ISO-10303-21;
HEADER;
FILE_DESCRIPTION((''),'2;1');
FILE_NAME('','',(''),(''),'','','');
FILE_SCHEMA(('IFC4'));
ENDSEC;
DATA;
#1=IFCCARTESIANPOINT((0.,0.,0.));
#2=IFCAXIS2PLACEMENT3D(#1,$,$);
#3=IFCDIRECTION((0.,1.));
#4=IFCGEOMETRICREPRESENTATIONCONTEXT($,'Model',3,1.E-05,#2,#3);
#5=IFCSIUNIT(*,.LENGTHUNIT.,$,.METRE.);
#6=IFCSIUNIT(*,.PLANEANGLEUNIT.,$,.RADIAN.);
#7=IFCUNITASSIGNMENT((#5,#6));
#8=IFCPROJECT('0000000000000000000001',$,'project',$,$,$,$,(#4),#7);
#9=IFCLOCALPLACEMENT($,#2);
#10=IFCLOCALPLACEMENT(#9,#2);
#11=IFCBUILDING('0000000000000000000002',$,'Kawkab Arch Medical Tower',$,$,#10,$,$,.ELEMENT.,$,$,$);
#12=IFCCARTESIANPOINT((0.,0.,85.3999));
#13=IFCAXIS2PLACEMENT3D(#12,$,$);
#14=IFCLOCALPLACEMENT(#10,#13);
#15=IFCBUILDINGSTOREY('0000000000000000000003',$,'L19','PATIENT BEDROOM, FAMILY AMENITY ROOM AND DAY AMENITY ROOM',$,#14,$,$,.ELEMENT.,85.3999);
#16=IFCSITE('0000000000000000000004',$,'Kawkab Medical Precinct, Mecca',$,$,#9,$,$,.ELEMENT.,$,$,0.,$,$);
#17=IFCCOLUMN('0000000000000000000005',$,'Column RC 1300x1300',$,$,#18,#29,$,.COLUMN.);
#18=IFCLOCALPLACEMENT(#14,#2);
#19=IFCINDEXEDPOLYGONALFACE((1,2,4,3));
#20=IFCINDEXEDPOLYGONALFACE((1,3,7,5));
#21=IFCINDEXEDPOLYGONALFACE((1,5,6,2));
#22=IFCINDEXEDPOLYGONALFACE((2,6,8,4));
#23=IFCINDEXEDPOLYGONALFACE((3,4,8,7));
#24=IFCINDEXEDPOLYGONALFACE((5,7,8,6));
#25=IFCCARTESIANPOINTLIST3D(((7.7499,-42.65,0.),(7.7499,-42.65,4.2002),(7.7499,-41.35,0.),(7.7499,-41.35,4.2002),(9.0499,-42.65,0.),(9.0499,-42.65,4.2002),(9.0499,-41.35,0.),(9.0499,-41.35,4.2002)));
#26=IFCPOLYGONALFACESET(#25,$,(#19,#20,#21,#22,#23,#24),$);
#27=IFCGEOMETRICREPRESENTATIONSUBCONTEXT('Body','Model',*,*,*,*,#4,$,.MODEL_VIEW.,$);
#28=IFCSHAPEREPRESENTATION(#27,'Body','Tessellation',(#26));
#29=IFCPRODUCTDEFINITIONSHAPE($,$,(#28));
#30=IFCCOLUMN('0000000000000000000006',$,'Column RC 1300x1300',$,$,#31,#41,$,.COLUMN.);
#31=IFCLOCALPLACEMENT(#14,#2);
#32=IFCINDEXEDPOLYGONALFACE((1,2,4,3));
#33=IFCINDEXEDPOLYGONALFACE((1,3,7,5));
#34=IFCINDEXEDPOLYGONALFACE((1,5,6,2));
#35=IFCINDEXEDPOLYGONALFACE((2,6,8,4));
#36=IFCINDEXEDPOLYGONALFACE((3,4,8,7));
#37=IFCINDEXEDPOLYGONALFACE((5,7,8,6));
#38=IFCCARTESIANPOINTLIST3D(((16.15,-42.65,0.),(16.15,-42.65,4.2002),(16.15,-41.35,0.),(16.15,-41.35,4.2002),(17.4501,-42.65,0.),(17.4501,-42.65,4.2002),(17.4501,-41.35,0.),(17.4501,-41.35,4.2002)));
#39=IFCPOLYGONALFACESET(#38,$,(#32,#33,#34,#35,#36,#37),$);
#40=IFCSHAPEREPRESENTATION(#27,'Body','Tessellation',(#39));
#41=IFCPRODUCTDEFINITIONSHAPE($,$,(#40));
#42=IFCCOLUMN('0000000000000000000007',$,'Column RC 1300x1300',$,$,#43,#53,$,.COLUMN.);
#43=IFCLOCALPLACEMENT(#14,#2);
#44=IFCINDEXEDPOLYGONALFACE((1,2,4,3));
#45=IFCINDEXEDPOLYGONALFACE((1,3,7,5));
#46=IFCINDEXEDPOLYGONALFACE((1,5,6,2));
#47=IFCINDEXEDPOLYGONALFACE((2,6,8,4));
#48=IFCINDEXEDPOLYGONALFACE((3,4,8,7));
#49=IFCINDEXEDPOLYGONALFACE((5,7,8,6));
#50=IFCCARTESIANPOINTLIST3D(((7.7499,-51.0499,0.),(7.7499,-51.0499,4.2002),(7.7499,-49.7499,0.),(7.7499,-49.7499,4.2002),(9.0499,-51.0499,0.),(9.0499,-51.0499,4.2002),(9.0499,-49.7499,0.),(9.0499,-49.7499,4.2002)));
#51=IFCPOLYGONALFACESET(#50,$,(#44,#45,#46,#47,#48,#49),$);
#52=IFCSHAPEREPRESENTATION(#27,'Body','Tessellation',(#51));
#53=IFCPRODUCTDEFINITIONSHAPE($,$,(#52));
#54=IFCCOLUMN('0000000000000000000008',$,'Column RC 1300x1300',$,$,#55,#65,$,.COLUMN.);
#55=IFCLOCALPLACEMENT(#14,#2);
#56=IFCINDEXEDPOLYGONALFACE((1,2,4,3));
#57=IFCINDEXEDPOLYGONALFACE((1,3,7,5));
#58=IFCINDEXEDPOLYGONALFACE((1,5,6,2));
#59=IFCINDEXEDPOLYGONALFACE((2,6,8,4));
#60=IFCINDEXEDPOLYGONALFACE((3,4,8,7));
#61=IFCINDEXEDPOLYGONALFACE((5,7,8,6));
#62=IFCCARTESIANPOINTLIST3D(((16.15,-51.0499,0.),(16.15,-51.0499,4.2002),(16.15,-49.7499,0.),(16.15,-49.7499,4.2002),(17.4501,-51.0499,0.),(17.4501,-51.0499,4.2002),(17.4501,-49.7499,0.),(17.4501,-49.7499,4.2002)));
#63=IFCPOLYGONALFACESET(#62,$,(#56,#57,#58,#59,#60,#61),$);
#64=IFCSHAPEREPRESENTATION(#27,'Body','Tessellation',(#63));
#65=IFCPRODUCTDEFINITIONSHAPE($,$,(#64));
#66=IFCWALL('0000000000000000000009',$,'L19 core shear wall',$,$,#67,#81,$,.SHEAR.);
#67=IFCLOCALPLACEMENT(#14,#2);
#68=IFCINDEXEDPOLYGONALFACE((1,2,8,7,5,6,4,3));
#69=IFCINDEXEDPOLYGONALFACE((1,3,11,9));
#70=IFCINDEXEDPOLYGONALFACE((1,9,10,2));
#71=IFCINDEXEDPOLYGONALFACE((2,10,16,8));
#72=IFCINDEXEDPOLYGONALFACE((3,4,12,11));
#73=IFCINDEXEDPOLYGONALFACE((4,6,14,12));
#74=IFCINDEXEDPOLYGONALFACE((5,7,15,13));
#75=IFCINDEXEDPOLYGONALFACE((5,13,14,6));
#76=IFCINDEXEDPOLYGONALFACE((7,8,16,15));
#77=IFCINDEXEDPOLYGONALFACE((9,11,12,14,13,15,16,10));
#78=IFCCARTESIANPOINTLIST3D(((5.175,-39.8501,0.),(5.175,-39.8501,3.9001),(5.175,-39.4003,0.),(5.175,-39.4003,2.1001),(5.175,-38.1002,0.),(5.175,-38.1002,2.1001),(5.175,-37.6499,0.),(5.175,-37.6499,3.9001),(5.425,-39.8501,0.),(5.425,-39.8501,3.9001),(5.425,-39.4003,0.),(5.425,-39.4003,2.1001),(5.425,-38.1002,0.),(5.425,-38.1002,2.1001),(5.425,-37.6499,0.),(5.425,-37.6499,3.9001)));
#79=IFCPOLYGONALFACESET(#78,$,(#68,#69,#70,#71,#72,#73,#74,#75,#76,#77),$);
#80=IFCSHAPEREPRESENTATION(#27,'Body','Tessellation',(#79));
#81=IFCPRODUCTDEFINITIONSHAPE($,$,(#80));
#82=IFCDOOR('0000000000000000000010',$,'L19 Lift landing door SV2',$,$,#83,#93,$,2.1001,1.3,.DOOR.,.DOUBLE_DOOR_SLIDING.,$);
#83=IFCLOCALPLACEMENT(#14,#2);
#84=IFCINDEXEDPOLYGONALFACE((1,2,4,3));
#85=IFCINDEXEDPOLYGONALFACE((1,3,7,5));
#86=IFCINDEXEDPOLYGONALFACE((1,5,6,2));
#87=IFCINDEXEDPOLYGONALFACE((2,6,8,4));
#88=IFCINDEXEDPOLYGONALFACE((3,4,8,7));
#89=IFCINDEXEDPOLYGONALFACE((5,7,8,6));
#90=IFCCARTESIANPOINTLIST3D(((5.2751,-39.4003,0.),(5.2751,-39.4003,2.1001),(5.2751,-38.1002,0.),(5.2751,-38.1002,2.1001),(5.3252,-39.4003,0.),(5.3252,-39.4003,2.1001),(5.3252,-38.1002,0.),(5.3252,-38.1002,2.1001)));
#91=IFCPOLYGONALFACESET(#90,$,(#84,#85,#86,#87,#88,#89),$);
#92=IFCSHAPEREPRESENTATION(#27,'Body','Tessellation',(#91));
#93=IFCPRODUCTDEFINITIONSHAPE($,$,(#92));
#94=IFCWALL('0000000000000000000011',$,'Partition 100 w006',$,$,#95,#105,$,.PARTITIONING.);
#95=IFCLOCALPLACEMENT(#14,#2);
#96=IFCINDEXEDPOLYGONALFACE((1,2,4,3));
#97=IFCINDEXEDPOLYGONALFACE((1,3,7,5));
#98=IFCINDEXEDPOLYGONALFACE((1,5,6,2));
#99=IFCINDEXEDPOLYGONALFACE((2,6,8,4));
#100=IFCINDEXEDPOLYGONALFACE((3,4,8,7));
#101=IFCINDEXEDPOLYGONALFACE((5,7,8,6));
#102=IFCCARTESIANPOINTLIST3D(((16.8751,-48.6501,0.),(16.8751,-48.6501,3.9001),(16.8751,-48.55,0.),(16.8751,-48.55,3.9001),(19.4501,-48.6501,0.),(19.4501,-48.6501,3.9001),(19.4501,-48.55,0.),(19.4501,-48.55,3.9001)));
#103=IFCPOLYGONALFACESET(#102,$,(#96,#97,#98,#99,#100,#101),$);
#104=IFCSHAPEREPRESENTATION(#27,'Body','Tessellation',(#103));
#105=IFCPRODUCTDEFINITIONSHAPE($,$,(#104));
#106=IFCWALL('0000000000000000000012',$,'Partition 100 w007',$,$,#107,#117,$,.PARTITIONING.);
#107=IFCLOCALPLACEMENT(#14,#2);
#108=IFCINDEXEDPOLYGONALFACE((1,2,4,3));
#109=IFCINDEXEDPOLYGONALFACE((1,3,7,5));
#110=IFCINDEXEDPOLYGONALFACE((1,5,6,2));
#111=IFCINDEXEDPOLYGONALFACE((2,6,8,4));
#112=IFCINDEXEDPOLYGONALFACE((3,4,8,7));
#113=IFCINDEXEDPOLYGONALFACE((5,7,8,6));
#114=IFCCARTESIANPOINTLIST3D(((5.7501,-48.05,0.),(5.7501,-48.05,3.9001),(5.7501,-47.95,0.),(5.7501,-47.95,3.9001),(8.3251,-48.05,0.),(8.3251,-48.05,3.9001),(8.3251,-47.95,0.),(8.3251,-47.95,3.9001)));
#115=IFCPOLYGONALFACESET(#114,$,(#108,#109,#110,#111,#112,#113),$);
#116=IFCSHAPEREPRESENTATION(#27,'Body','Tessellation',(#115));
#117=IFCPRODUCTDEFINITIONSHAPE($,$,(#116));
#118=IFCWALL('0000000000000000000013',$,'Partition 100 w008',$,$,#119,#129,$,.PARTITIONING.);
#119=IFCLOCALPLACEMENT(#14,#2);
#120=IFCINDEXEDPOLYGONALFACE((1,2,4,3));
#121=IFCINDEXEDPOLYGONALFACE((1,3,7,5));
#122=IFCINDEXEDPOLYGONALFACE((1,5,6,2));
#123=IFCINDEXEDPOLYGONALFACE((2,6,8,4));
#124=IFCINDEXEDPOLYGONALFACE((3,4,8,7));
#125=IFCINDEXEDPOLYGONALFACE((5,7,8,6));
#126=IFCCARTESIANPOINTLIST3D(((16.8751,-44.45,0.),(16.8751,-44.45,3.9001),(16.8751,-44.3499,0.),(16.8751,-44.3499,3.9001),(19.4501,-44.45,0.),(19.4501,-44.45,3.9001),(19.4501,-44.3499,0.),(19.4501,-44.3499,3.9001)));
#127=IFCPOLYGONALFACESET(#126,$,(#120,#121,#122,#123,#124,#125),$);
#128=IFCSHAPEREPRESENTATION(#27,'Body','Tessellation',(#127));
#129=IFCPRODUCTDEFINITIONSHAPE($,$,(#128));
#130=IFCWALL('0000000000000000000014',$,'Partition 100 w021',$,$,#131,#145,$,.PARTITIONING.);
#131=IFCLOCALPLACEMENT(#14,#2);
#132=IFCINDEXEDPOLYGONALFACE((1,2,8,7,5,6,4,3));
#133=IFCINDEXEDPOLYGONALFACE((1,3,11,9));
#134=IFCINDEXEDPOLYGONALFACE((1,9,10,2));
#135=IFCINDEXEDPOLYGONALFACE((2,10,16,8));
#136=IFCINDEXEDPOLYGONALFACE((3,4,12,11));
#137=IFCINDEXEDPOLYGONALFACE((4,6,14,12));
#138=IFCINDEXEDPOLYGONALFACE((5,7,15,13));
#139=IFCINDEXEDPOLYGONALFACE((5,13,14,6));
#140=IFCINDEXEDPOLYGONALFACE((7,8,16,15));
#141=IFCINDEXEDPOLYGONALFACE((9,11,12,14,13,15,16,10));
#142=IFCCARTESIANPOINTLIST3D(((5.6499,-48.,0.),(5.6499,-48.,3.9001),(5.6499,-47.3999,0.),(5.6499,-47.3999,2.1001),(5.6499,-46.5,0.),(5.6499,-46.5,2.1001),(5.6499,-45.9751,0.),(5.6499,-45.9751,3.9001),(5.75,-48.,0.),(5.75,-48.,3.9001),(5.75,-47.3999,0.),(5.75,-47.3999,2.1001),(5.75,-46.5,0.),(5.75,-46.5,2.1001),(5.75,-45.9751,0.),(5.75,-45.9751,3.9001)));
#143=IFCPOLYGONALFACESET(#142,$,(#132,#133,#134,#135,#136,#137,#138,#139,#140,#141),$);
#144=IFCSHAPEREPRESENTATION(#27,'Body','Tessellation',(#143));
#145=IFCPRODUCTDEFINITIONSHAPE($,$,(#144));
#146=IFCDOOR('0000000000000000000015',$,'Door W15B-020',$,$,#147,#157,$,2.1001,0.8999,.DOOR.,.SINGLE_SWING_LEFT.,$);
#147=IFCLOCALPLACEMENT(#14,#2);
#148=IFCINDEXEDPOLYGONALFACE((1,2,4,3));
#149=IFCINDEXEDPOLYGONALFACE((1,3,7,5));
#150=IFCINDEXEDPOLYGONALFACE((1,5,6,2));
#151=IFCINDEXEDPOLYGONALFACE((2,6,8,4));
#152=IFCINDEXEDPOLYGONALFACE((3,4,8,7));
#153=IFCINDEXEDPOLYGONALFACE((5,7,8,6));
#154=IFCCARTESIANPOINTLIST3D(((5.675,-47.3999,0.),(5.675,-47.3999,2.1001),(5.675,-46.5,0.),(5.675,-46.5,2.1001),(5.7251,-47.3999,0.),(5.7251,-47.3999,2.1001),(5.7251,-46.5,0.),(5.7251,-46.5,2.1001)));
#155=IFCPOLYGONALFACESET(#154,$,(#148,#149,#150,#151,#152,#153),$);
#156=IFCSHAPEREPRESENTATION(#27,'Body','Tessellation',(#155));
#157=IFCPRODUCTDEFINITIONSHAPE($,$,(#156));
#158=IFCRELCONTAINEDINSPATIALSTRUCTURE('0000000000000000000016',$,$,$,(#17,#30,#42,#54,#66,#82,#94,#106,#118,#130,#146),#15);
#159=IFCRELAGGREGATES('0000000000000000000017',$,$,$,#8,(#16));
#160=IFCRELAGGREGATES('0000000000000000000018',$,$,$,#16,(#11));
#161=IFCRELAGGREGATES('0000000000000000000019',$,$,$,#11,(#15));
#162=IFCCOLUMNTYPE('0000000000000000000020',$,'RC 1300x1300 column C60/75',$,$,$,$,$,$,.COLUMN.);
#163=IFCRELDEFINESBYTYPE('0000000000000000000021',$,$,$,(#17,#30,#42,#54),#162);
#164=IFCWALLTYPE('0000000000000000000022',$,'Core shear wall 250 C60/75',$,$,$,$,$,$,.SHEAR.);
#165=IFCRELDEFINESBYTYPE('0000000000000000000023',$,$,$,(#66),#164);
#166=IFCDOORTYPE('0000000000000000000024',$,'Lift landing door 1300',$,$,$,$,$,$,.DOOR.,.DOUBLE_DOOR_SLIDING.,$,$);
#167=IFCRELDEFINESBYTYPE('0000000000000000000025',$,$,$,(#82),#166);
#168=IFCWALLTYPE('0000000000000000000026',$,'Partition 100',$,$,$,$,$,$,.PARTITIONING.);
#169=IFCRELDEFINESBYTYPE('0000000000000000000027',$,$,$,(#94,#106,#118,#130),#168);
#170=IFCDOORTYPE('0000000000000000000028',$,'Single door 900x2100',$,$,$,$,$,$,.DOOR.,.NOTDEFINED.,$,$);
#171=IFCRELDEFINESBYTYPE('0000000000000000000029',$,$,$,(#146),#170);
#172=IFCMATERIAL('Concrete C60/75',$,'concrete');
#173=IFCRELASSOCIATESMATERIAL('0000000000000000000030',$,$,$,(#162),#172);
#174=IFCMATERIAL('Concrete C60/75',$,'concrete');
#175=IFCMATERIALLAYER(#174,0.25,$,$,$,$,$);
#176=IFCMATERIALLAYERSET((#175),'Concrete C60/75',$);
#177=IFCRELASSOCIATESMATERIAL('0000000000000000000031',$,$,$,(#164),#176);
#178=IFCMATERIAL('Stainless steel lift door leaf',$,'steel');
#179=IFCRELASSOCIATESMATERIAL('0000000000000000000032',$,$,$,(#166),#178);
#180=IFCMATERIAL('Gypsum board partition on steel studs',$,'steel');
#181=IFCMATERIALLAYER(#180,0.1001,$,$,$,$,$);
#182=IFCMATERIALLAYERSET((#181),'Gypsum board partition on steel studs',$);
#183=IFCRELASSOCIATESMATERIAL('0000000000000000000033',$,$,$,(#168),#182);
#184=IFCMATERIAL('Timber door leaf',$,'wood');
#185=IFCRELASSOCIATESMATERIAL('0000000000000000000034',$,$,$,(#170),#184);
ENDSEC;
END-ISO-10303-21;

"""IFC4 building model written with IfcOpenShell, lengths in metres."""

from ifc_helpers import new_model, si_unit, direction, frame, frame_2d, origin, origin_2d, place, context, subcontext, project, spatial, rectangle, extrude, material, layer, layer_set, material_profile, profile_set, type_object, element, fill, save


model = new_model("IFC4")

# Units and contexts
model_context = context("Model", 3, precision=1e-05, world=origin(), true_north=direction((0.0, 1.0)))
body_context = subcontext(model_context, "Body", "Model", "MODEL_VIEW")
ifc_project = project(units=[si_unit("LENGTHUNIT", "METRE"), si_unit("PLANEANGLEUNIT", "RADIAN")], contexts=[model_context])

# Site, building, storey
site_placement = place(None, origin())
site = spatial("IfcSite", under=ifc_project, at=site_placement, Name="Kawkab Medical Precinct, Mecca", CompositionType="ELEMENT", RefElevation=0.0)
building_placement = place(site_placement, origin())
building = spatial("IfcBuilding", under=site, at=building_placement, Name="Kawkab Arch Medical Tower", CompositionType="ELEMENT")
storey_placement = place(building_placement, frame((0.0, 0.0, 85.3999)))
storey = spatial("IfcBuildingStorey", under=building, at=storey_placement, Name="L19", Description="PATIENT BEDROOM, FAMILY AMENITY ROOM AND DAY AMENITY ROOM", CompositionType="ELEMENT", Elevation=85.3999)

# Columns
ifc_material_1 = material(Name="Concrete C60/75", Category="concrete")
ifc_material_profile = material_profile(ifc_material_1, rectangle(XDim=1.3, YDim=1.3, at=origin_2d()), Name="RC 1300x1300")
ifc_profile_set = profile_set([ifc_material_profile], Name="Concrete C60/75")
column_type = type_object("IfcColumnType", Name="RC 1300x1300 column C60/75", PredefinedType="COLUMN", material=ifc_profile_set)
for number, where, z_axis, x_axis, name in (
    (1, (8.3999, -42.0, 0.0), (0.0, 0.0, 1.0), (1.0, 0.0, 0.0), "Column RC 1300x1300"),
    (2, (16.8, -42.0, 0.0), (0.0, 0.0, 1.0), (1.0, 0.0, 0.0), "Column RC 1300x1300"),
    (3, (8.3999, -50.3999, 0.0), (0.0, 0.0, 1.0), (1.0, 0.0, 0.0), "Column RC 1300x1300"),
    (4, (16.8, -50.3999, 0.0), (0.0, 0.0, 1.0), (1.0, 0.0, 0.0), "Column RC 1300x1300"),
):
    element("IfcColumn", number, at=place(storey_placement, frame(where, z_axis=z_axis, x_axis=x_axis)), inside=storey, type_object=column_type, Name=name, PredefinedType="COLUMN", context=body_context, shape_type="SweptSolid", body=[
        extrude(rectangle(XDim=1.3, YDim=1.3, at=origin_2d()), origin(), (0.0, 0.0, 1.0), 4.2002),
    ])

# Wall, opening, door
ifc_material_2 = material(Name="Concrete C60/75", Category="concrete")
ifc_layer_1 = layer(ifc_material_2, 0.25)
ifc_layer_set_1 = layer_set([ifc_layer_1], Name="Concrete C60/75")
wall_type_1 = type_object("IfcWallType", Name="Core shear wall 250 C60/75", PredefinedType="SHEAR", material=ifc_layer_set_1)
wall_1_placement = place(storey_placement, frame((5.3, -39.8501, 0.0), z_axis=(0.0, 0.0, 1.0), x_axis=(0.0, 1.0, 0.0)))
wall_1 = element("IfcWall", 5, at=wall_1_placement, inside=storey, type_object=wall_type_1, Name="L19 core shear wall", PredefinedType="SHEAR", context=body_context, shape_type="SweptSolid", body=[
    extrude(rectangle(XDim=2.2002, YDim=0.25, at=frame_2d((1.1001, 0.0))), origin(), (0.0, 0.0, 1.0), 3.9001),
])
opening_1_placement = place(wall_1_placement, frame((0.45, 0.0, 0.0)))
opening_1 = element("IfcOpeningElement", 6, at=opening_1_placement, cuts=wall_1, PredefinedType="OPENING", context=body_context, shape_type="SweptSolid", body=[
    extrude(rectangle(XDim=1.3, YDim=2.1001, at=frame_2d((0.6499, 1.05))), frame((0.0, 0.135, 0.0), z_axis=(0.0, -1.0, 0.0), x_axis=(1.0, 0.0, 0.0)), (0.0, 0.0, 1.0), 0.27),
])
ifc_material_3 = material(Name="Stainless steel lift door leaf", Category="steel")
door_type_1 = type_object("IfcDoorType", Name="Lift landing door 1300", OperationType="DOUBLE_DOOR_SLIDING", PredefinedType="DOOR", material=ifc_material_3)
door_1_placement = place(opening_1_placement, origin())
door_1 = element("IfcDoor", 7, at=door_1_placement, inside=storey, type_object=door_type_1, Name="L19 Lift landing door SV2", OperationType="DOUBLE_DOOR_SLIDING", OverallHeight=2.1001, OverallWidth=1.3, PredefinedType="DOOR", context=body_context, shape_type="SweptSolid", body=[
    extrude(rectangle(XDim=1.3, YDim=2.1001, at=frame_2d((0.6499, 1.05))), frame((0.0, 0.0249, 0.0), z_axis=(0.0, -1.0, 0.0), x_axis=(1.0, 0.0, 0.0)), (0.0, 0.0, 1.0), 0.05),
])
fill(opening_1, door_1)

# Walls
ifc_material_4 = material(Name="Gypsum board partition on steel studs", Category="steel")
ifc_layer_2 = layer(ifc_material_4, 0.1001)
ifc_layer_set_2 = layer_set([ifc_layer_2], Name="Gypsum board partition on steel studs")
wall_type_2 = type_object("IfcWallType", Name="Partition 100", PredefinedType="PARTITIONING", material=ifc_layer_set_2)
for number, where, z_axis, x_axis, name in (
    (8, (16.875, -48.6001, 0.0), (0.0, 0.0, 1.0), (1.0, 0.0, 0.0), "Partition 100 w006"),
    (9, (5.75, -48.0, 0.0), (0.0, 0.0, 1.0), (1.0, 0.0, 0.0), "Partition 100 w007"),
    (10, (16.875, -44.3999, 0.0), (0.0, 0.0, 1.0), (1.0, 0.0, 0.0), "Partition 100 w008"),
):
    element("IfcWall", number, at=place(storey_placement, frame(where, z_axis=z_axis, x_axis=x_axis)), inside=storey, type_object=wall_type_2, Name=name, PredefinedType="PARTITIONING", context=body_context, shape_type="SweptSolid", body=[
        extrude(rectangle(XDim=2.575, YDim=0.1001, at=frame_2d((1.2876, 0.0))), origin(), (0.0, 0.0, 1.0), 3.9001),
    ])

# Wall, opening, door
wall_2_placement = place(storey_placement, frame((5.7, -48.0, 0.0), z_axis=(0.0, 0.0, 1.0), x_axis=(0.0, 1.0, 0.0)))
wall_2 = element("IfcWall", 11, at=wall_2_placement, inside=storey, type_object=wall_type_2, Name="Partition 100 w021", PredefinedType="PARTITIONING", context=body_context, shape_type="SweptSolid", body=[
    extrude(rectangle(XDim=2.0249, YDim=0.1001, at=frame_2d((1.0125, 0.0))), origin(), (0.0, 0.0, 1.0), 3.9001),
])
opening_2_placement = place(wall_2_placement, frame((0.6001, 0.0, 0.0)))
opening_2 = element("IfcOpeningElement", 12, at=opening_2_placement, cuts=wall_2, PredefinedType="OPENING", context=body_context, shape_type="SweptSolid", body=[
    extrude(rectangle(XDim=0.8999, YDim=2.1001, at=frame_2d((0.45, 1.05))), frame((0.0, 0.0601, 0.0), z_axis=(0.0, -1.0, 0.0), x_axis=(1.0, 0.0, 0.0)), (0.0, 0.0, 1.0), 0.1201),
])
ifc_material_5 = material(Name="Timber door leaf", Category="wood")
door_type_2 = type_object("IfcDoorType", Name="Single door 900x2100", OperationType="NOTDEFINED", PredefinedType="DOOR", material=ifc_material_5)
door_2_placement = place(opening_2_placement, origin())
door_2 = element("IfcDoor", 13, at=door_2_placement, inside=storey, type_object=door_type_2, Name="Door W15B-020", OperationType="SINGLE_SWING_LEFT", OverallHeight=2.1001, OverallWidth=0.8999, PredefinedType="DOOR", context=body_context, shape_type="SweptSolid", body=[
    extrude(rectangle(XDim=0.8999, YDim=2.1001, at=frame_2d((0.45, 1.05))), frame((0.0, 0.0249, 0.0), z_axis=(0.0, -1.0, 0.0), x_axis=(1.0, 0.0, 0.0)), (0.0, 0.0, 1.0), 0.05),
])
fill(opening_2, door_2)

save(model, "model.ifc")
